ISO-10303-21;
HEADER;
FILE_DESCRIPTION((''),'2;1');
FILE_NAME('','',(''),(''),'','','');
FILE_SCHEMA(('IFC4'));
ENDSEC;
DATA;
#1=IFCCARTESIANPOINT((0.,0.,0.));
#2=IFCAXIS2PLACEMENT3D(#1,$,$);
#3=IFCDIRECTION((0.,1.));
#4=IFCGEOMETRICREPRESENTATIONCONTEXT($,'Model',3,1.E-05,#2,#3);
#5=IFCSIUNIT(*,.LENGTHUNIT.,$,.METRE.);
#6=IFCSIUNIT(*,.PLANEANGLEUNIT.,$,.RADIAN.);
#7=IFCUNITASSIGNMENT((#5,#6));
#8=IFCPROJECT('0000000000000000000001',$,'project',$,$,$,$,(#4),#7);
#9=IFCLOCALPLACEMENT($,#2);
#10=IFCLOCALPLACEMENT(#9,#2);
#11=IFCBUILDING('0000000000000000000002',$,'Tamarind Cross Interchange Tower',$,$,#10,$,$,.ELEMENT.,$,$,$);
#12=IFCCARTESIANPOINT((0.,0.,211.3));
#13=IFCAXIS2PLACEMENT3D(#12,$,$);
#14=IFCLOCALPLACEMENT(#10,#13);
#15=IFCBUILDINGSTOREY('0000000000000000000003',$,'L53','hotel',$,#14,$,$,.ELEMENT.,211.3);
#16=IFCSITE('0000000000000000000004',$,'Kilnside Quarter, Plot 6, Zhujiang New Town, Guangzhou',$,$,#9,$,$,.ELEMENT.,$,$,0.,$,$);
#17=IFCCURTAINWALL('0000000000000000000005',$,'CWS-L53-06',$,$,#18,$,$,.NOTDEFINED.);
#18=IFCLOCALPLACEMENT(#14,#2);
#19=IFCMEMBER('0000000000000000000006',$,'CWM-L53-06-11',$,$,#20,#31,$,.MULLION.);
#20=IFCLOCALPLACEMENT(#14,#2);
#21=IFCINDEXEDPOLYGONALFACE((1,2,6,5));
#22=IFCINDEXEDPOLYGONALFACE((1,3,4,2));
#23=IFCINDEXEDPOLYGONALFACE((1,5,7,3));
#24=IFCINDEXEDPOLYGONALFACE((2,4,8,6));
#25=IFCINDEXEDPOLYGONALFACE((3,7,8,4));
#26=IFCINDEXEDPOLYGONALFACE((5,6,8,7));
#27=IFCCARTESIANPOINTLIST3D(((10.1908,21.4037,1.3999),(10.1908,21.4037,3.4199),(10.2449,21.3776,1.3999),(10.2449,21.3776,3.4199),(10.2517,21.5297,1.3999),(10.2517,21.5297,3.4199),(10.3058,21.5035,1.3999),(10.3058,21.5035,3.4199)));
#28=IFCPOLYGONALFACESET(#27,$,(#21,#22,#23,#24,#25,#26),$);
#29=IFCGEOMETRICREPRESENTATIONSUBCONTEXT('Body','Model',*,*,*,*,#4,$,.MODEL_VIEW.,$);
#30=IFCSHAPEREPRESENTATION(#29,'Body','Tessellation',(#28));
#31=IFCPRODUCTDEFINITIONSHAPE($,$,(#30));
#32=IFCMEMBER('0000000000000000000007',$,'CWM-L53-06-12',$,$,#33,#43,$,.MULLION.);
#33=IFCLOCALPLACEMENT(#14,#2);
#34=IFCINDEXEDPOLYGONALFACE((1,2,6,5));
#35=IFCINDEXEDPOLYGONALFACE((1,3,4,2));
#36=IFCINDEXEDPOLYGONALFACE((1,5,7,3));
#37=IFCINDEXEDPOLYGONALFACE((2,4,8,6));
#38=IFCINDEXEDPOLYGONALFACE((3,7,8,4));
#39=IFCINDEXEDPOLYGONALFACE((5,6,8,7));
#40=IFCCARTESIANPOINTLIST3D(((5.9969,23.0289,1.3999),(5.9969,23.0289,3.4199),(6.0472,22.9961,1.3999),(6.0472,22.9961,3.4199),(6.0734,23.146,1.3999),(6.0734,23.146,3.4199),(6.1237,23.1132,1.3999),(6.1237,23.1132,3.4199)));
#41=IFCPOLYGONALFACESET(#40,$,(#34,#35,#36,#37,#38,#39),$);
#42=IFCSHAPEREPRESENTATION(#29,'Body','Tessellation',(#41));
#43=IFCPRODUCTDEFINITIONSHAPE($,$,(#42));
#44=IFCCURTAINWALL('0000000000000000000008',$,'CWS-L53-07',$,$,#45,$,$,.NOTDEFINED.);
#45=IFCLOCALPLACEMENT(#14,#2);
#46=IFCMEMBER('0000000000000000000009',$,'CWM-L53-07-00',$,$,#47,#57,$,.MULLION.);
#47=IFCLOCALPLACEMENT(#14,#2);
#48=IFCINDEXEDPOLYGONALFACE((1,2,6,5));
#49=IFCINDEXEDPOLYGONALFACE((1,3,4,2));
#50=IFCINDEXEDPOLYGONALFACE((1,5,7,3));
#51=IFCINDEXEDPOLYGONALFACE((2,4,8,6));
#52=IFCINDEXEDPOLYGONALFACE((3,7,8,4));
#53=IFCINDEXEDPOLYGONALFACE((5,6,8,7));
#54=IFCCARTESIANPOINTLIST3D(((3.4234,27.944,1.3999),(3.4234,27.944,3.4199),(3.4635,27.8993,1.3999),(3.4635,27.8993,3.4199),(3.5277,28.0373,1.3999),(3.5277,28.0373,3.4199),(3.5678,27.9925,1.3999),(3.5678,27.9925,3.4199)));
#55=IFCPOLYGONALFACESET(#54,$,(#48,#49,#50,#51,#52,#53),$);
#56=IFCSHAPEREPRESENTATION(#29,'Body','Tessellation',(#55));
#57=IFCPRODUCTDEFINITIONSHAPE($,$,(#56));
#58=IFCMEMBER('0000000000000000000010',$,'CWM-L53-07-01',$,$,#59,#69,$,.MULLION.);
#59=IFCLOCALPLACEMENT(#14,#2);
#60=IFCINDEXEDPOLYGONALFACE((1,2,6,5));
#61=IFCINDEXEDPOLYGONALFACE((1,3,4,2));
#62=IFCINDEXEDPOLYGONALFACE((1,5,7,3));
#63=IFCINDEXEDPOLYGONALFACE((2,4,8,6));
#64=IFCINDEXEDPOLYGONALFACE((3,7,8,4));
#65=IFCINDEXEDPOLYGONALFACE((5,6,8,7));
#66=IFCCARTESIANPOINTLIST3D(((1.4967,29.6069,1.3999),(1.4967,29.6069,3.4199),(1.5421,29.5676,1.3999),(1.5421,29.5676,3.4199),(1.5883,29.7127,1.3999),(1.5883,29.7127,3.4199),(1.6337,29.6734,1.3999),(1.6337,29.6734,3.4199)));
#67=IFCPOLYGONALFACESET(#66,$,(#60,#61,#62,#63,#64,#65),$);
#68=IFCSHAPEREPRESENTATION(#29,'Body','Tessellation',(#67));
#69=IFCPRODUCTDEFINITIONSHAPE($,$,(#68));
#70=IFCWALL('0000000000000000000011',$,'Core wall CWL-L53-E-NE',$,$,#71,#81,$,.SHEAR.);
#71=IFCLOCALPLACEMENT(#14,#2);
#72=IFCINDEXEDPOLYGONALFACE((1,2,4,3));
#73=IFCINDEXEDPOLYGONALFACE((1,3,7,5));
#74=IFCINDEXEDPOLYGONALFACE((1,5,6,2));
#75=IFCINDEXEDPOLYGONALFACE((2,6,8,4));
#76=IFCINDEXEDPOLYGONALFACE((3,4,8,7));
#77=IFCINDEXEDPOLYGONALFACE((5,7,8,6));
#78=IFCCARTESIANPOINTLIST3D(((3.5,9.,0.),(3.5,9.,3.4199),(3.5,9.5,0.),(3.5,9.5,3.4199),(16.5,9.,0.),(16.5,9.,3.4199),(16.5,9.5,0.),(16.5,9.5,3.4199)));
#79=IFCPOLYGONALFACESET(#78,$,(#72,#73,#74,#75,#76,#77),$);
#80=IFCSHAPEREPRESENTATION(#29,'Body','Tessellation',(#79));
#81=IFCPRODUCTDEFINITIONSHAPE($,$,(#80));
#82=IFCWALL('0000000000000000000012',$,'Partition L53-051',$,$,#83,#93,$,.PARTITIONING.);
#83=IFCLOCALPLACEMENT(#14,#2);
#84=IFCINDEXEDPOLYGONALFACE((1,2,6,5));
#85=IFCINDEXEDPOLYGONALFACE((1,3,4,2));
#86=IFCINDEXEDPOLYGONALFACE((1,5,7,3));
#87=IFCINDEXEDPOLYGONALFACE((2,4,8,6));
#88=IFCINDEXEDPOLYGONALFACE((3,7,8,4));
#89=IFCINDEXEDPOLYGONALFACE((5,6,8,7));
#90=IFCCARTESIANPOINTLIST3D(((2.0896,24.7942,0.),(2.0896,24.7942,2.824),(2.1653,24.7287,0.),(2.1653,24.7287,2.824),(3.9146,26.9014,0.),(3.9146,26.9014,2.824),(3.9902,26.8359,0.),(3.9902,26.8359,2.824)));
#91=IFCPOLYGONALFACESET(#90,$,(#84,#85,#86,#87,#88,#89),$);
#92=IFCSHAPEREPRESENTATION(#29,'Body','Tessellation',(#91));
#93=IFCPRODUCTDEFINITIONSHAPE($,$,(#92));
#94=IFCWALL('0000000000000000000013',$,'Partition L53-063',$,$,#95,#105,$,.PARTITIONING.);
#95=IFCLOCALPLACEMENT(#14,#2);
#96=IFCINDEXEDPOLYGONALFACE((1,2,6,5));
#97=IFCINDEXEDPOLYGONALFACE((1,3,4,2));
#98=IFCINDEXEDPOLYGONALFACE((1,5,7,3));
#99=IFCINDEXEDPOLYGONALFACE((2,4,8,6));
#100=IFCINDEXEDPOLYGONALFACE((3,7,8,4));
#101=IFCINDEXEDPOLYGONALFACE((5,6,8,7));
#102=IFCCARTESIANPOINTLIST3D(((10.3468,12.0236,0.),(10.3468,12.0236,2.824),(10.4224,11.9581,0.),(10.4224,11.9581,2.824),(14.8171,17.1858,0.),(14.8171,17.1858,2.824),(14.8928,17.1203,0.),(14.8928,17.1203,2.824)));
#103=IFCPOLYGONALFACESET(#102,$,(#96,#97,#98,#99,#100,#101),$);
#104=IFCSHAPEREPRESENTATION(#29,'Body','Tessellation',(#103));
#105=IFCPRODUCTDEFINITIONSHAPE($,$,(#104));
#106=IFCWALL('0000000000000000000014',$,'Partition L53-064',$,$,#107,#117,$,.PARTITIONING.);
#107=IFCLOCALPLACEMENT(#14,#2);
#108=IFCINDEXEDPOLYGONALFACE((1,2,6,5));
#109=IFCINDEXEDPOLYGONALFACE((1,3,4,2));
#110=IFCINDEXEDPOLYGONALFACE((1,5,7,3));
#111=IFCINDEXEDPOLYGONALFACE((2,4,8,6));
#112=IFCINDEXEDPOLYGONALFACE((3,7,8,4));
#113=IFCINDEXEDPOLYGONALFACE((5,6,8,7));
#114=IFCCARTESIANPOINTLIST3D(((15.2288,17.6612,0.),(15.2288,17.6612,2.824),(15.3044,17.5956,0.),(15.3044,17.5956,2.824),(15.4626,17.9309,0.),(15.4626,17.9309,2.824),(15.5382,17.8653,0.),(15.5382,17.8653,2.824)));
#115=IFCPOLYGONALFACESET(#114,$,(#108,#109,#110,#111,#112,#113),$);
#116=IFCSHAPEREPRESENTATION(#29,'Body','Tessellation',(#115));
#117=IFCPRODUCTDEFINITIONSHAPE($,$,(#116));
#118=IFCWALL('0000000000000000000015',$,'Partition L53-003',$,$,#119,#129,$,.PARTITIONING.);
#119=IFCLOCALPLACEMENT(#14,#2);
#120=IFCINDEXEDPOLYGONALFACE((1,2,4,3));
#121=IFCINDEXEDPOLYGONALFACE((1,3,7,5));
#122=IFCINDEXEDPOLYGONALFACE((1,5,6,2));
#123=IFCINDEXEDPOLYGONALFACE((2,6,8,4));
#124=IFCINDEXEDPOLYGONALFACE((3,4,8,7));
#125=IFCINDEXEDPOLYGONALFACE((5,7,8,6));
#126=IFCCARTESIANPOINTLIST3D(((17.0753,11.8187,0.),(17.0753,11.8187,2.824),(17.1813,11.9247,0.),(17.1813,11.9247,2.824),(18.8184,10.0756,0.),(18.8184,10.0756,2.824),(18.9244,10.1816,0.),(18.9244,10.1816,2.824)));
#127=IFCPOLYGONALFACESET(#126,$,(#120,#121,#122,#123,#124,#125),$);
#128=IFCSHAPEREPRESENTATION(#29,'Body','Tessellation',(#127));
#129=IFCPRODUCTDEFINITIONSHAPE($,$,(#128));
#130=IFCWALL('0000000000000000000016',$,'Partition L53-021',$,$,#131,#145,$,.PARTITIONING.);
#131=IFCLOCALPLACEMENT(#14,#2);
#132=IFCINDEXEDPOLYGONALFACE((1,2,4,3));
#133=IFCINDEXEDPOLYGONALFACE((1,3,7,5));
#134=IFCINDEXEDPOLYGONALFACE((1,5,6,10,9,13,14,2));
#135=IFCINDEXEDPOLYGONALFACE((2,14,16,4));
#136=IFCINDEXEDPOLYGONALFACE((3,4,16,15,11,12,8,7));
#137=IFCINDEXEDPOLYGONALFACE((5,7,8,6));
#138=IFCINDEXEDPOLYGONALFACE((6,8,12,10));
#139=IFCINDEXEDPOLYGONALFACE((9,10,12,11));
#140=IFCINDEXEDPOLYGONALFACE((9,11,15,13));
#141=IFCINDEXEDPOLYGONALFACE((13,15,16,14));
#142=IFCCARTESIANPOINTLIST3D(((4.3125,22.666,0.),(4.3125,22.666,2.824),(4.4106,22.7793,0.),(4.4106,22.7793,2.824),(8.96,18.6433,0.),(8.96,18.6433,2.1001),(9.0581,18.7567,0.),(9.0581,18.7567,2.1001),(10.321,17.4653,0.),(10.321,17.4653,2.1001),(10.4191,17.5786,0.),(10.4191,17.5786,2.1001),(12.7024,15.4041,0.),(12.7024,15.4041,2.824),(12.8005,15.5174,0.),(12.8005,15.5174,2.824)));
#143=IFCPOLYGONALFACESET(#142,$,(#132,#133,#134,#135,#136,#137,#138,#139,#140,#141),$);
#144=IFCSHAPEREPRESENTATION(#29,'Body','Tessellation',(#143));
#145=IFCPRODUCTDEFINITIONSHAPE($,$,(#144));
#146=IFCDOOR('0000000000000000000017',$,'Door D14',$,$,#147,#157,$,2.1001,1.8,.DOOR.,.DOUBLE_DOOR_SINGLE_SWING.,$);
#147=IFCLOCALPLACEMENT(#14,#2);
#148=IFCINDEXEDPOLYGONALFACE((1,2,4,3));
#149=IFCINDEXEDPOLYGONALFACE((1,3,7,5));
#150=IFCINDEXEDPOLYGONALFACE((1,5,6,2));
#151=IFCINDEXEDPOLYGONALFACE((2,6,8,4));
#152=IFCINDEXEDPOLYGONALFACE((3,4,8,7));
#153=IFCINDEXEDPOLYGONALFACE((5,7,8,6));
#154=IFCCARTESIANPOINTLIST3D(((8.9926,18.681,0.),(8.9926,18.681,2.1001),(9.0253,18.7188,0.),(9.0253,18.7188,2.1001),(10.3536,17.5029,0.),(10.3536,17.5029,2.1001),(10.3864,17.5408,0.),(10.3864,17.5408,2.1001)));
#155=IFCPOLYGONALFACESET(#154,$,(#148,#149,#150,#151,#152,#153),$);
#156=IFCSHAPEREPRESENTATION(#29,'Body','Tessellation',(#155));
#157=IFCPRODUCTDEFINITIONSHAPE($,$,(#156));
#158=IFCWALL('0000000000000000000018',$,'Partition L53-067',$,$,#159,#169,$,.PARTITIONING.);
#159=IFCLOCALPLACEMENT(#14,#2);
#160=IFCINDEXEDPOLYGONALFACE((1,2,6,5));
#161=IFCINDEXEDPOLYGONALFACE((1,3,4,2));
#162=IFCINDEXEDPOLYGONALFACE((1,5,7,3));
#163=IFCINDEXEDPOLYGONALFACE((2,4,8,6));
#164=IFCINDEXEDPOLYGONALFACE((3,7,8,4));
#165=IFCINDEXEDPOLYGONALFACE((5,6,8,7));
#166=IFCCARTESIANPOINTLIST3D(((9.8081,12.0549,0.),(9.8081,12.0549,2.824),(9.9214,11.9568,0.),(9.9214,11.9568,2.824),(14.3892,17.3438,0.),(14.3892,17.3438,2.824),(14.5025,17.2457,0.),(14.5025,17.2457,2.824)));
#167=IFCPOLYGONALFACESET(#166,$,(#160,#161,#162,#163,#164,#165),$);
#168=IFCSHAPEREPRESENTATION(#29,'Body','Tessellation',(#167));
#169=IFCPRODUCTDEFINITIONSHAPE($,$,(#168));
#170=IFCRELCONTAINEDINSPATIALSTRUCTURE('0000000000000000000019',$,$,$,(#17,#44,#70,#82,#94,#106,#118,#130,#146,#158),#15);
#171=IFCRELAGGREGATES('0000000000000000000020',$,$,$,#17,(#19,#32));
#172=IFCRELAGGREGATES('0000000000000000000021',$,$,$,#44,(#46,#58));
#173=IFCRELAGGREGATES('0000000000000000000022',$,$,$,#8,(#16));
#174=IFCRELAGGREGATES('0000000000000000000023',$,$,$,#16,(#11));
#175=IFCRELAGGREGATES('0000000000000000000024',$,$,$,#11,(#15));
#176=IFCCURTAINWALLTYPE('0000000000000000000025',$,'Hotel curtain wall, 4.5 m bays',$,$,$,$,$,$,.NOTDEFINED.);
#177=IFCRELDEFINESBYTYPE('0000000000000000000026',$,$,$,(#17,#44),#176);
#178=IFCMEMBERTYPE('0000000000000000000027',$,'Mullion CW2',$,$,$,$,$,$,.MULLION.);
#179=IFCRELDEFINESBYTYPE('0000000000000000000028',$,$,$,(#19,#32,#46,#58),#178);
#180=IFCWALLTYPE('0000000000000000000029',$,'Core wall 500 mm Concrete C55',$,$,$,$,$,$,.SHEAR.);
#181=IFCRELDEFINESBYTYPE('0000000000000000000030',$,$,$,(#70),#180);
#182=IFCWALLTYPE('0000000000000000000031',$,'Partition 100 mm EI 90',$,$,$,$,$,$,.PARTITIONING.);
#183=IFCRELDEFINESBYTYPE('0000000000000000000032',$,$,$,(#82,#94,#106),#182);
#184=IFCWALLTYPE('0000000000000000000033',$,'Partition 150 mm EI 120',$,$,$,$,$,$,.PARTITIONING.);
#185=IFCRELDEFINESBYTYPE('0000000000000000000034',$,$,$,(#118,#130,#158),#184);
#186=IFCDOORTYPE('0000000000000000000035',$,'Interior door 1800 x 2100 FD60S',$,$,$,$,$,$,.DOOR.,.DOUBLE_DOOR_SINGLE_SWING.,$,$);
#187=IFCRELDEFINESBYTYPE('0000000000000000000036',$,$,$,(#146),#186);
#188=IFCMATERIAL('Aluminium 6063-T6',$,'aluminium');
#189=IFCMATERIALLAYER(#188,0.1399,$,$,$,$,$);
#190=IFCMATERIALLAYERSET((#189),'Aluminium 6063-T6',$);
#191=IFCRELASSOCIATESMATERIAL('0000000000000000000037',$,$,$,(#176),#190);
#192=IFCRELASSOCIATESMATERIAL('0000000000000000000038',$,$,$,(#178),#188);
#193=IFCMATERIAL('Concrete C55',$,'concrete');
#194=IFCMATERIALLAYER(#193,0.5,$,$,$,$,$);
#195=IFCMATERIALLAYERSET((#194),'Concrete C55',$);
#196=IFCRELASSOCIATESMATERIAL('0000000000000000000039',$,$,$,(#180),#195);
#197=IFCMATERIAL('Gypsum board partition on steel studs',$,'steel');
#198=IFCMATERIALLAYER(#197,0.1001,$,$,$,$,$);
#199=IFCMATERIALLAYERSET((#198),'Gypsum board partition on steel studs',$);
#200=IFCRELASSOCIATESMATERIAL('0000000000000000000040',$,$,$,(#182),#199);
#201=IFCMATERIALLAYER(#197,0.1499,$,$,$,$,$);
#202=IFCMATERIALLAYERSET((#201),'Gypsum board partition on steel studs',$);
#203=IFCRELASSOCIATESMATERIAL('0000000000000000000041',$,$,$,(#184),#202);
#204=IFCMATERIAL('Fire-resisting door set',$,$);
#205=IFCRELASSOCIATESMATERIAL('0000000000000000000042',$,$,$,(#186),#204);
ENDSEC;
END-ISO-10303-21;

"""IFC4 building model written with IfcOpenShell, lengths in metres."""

from ifc_helpers import new_model, si_unit, direction, frame, frame_2d, origin, origin_2d, place, context, subcontext, project, spatial, rectangle, extrude, material, layer, layer_set, material_profile, profile_set, type_object, element, fill, aggregate, save


model = new_model("IFC4")

# Units and contexts
model_context = context("Model", 3, precision=1e-05, world=origin(), true_north=direction((0.0, 1.0)))
body_context = subcontext(model_context, "Body", "Model", "MODEL_VIEW")
ifc_project = project(units=[si_unit("LENGTHUNIT", "METRE"), si_unit("PLANEANGLEUNIT", "RADIAN")], contexts=[model_context])

# Site, building, storey
site_placement = place(None, origin())
site = spatial("IfcSite", under=ifc_project, at=site_placement, Name="Kilnside Quarter, Plot 6, Zhujiang New Town, Guangzhou", CompositionType="ELEMENT", RefElevation=0.0)
building_placement = place(site_placement, origin())
building = spatial("IfcBuilding", under=site, at=building_placement, Name="Tamarind Cross Interchange Tower", CompositionType="ELEMENT")
storey_placement = place(building_placement, frame((0.0, 0.0, 211.3)))
storey = spatial("IfcBuildingStorey", under=building, at=storey_placement, Name="L53", Description="hotel", CompositionType="ELEMENT", Elevation=211.3)

# Shared definitions
ifc_material_1 = material(Name="Concrete C55", Category="concrete")

# Curtain walls, members
ifc_material_2 = material(Name="Aluminium 6063-T6", Category="aluminium")
ifc_layer_1 = layer(ifc_material_2, 0.1399)
ifc_layer_set_1 = layer_set([ifc_layer_1], Name="Aluminium 6063-T6")
curtain_wall_type = type_object("IfcCurtainWallType", Name="Hotel curtain wall, 4.5 m bays", PredefinedType="NOTDEFINED", material=ifc_layer_set_1)
curtain_wall_1_placement = place(storey_placement, origin())
curtain_wall_1 = element("IfcCurtainWall", 1, at=curtain_wall_1_placement, inside=storey, type_object=curtain_wall_type, Name="CWS-L53-06", PredefinedType="NOTDEFINED")
ifc_material_profile_1 = material_profile(ifc_material_2, rectangle(XDim=0.0601, YDim=0.1399, at=origin_2d()), Name="Mullion CW2")
ifc_profile_set_1 = profile_set([ifc_material_profile_1], Name="Aluminium 6063-T6")
member_type = type_object("IfcMemberType", Name="Mullion CW2", PredefinedType="MULLION", material=ifc_profile_set_1)
member_1_placement = place(storey_placement, frame((10.2483, 21.4536, 1.3999), z_axis=(0.0, 0.0, 1.0), x_axis=(-0.900273, 0.435326, 0.0)))
member_1 = element("IfcMember", 2, at=member_1_placement, type_object=member_type, Name="CWM-L53-06-11", PredefinedType="MULLION", context=body_context, shape_type="SweptSolid", body=[
    extrude(rectangle(XDim=0.0601, YDim=0.1399, at=origin_2d()), origin(), (0.0, 0.0, 1.0), 2.02),
])
member_2_placement = place(storey_placement, frame((6.0603, 23.071, 1.3999), z_axis=(0.0, 0.0, 1.0), x_axis=(-0.837418, 0.546563, 0.0)))
member_2 = element("IfcMember", 3, at=member_2_placement, type_object=member_type, Name="CWM-L53-06-12", PredefinedType="MULLION", context=body_context, shape_type="SweptSolid", body=[
    extrude(rectangle(XDim=0.0601, YDim=0.1399, at=origin_2d()), origin(), (0.0, 0.0, 1.0), 2.02),
])
aggregate(curtain_wall_1, [member_1, member_2])
curtain_wall_2_placement = place(storey_placement, origin())
curtain_wall_2 = element("IfcCurtainWall", 4, at=curtain_wall_2_placement, inside=storey, type_object=curtain_wall_type, Name="CWS-L53-07", PredefinedType="NOTDEFINED")
member_3_placement = place(storey_placement, frame((3.4956, 27.9683, 1.3999), z_axis=(0.0, 0.0, 1.0), x_axis=(-0.666528, 0.74548, 0.0)))
member_3 = element("IfcMember", 5, at=member_3_placement, type_object=member_type, Name="CWM-L53-07-00", PredefinedType="MULLION", context=body_context, shape_type="SweptSolid", body=[
    extrude(rectangle(XDim=0.0601, YDim=0.1399, at=origin_2d()), origin(), (0.0, 0.0, 1.0), 2.02),
])
member_4_placement = place(storey_placement, frame((1.5652, 29.6401, 1.3999), z_axis=(0.0, 0.0, 1.0), x_axis=(-0.755917, 0.654667, 0.0)))
member_4 = element("IfcMember", 6, at=member_4_placement, type_object=member_type, Name="CWM-L53-07-01", PredefinedType="MULLION", context=body_context, shape_type="SweptSolid", body=[
    extrude(rectangle(XDim=0.0601, YDim=0.1399, at=origin_2d()), origin(), (0.0, 0.0, 1.0), 2.02),
])
aggregate(curtain_wall_2, [member_3, member_4])

# Walls
ifc_layer_2 = layer(ifc_material_1, 0.5)
ifc_layer_set_2 = layer_set([ifc_layer_2], Name="Concrete C55")
wall_type_1 = type_object("IfcWallType", Name="Core wall 500 mm Concrete C55", PredefinedType="SHEAR", material=ifc_layer_set_2)
wall_1_placement = place(storey_placement, frame((16.5, 9.25, 0.0), z_axis=(0.0, 0.0, 1.0), x_axis=(-1.0, 0.0, 0.0)))
element("IfcWall", 7, at=wall_1_placement, inside=storey, type_object=wall_type_1, Name="Core wall CWL-L53-E-NE", PredefinedType="SHEAR", context=body_context, shape_type="SweptSolid", body=[
    extrude(rectangle(XDim=13.0, YDim=0.5, at=frame_2d((6.5, 0.0))), origin(), (0.0, 0.0, 1.0), 3.4199),
])
ifc_material_3 = material(Name="Gypsum board partition on steel studs", Category="steel")
ifc_layer_3 = layer(ifc_material_3, 0.1001)
ifc_layer_set_3 = layer_set([ifc_layer_3], Name="Gypsum board partition on steel studs")
wall_type_2 = type_object("IfcWallType", Name="Partition 100 mm EI 90", PredefinedType="PARTITIONING", material=ifc_layer_set_3)
wall_2_placement = place(storey_placement, frame((2.1274, 24.7615, 0.0), z_axis=(0.0, 0.0, 1.0), x_axis=(0.65467, 0.755914, 0.0)))
element("IfcWall", 8, at=wall_2_placement, inside=storey, type_object=wall_type_2, Name="Partition L53-051", PredefinedType="PARTITIONING", context=body_context, shape_type="SweptSolid", body=[
    extrude(rectangle(XDim=2.7876, YDim=0.1001, at=frame_2d((1.3938, 0.0))), origin(), (0.0, 0.0, 1.0), 2.824),
])
wall_3_placement = place(storey_placement, frame((10.3845, 11.9907, 0.0), z_axis=(0.0, 0.0, 1.0), x_axis=(0.654631, 0.755949, 0.0)))
element("IfcWall", 9, at=wall_3_placement, inside=storey, type_object=wall_type_2, Name="Partition L53-063", PredefinedType="PARTITIONING", context=body_context, shape_type="SweptSolid", body=[
    extrude(rectangle(XDim=6.8289, YDim=0.1001, at=frame_2d((3.4146, 0.0))), origin(), (0.0, 0.0, 1.0), 2.824),
])
wall_4_placement = place(storey_placement, frame((15.2666, 17.6284, 0.0), z_axis=(0.0, 0.0, 1.0), x_axis=(0.655061, 0.755576, 0.0)))
element("IfcWall", 10, at=wall_4_placement, inside=storey, type_object=wall_type_2, Name="Partition L53-064", PredefinedType="PARTITIONING", context=body_context, shape_type="SweptSolid", body=[
    extrude(rectangle(XDim=0.3569, YDim=0.1001, at=frame_2d((0.1785, 0.0))), origin(), (0.0, 0.0, 1.0), 2.824),
])
ifc_layer_4 = layer(ifc_material_3, 0.1499)
ifc_layer_set_4 = layer_set([ifc_layer_4], Name="Gypsum board partition on steel studs")
wall_type_3 = type_object("IfcWallType", Name="Partition 150 mm EI 120", PredefinedType="PARTITIONING", material=ifc_layer_set_4)
wall_5_placement = place(storey_placement, frame((17.1284, 11.8716, 0.0), z_axis=(0.0, 0.0, 1.0), x_axis=(0.707107, -0.707107, 0.0)))
element("IfcWall", 11, at=wall_5_placement, inside=storey, type_object=wall_type_3, Name="Partition L53-003", PredefinedType="PARTITIONING", context=body_context, shape_type="SweptSolid", body=[
    extrude(rectangle(XDim=2.4651, YDim=0.1499, at=frame_2d((1.2324, 0.0))), origin(), (0.0, 0.0, 1.0), 2.824),
])

# Wall, opening, door
wall_6_placement = place(storey_placement, frame((4.3616, 22.7227, 0.0), z_axis=(0.0, 0.0, 1.0), x_axis=(0.756103, -0.654453, 0.0)))
wall_6 = element("IfcWall", 12, at=wall_6_placement, inside=storey, type_object=wall_type_3, Name="Partition L53-021", PredefinedType="PARTITIONING", context=body_context, shape_type="SweptSolid", body=[
    extrude(rectangle(XDim=11.0962, YDim=0.1499, at=frame_2d((5.5481, 0.0))), origin(), (0.0, 0.0, 1.0), 2.824),
])
opening_placement = place(wall_6_placement, frame((6.1467, 0.0, 0.0)))
opening = element("IfcOpeningElement", 13, at=opening_placement, cuts=wall_6, PredefinedType="OPENING", context=body_context, shape_type="SweptSolid", body=[
    extrude(rectangle(XDim=1.8, YDim=2.1001, at=frame_2d((0.8999, 1.05))), frame((0.0, 0.085, 0.0), z_axis=(0.0, -1.0, 0.0), x_axis=(1.0, 0.0, 0.0)), (0.0, 0.0, 1.0), 0.1699),
])
ifc_material_4 = material(Name="Fire-resisting door set")
door_type = type_object("IfcDoorType", Name="Interior door 1800 x 2100 FD60S", OperationType="DOUBLE_DOOR_SINGLE_SWING", PredefinedType="DOOR", material=ifc_material_4)
door_placement = place(opening_placement, origin())
door = element("IfcDoor", 14, at=door_placement, inside=storey, type_object=door_type, Name="Door D14", OperationType="DOUBLE_DOOR_SINGLE_SWING", OverallHeight=2.1001, OverallWidth=1.8, PredefinedType="DOOR", context=body_context, shape_type="SweptSolid", body=[
    extrude(rectangle(XDim=1.8, YDim=2.1001, at=frame_2d((0.8999, 1.05))), frame((0.0, 0.0249, 0.0), z_axis=(0.0, -1.0, 0.0), x_axis=(1.0, 0.0, 0.0)), (0.0, 0.0, 1.0), 0.05),
])
fill(opening, door)

# Wall
wall_7_placement = place(storey_placement, frame((9.8647, 12.0059, 0.0), z_axis=(0.0, 0.0, 1.0), x_axis=(0.654719, 0.755872, 0.0)))
element("IfcWall", 15, at=wall_7_placement, inside=storey, type_object=wall_type_3, Name="Partition L53-067", PredefinedType="PARTITIONING", context=body_context, shape_type="SweptSolid", body=[
    extrude(rectangle(XDim=6.9971, YDim=0.1499, at=frame_2d((3.4985, 0.0))), origin(), (0.0, 0.0, 1.0), 2.824),
])

save(model, "model.ifc")
